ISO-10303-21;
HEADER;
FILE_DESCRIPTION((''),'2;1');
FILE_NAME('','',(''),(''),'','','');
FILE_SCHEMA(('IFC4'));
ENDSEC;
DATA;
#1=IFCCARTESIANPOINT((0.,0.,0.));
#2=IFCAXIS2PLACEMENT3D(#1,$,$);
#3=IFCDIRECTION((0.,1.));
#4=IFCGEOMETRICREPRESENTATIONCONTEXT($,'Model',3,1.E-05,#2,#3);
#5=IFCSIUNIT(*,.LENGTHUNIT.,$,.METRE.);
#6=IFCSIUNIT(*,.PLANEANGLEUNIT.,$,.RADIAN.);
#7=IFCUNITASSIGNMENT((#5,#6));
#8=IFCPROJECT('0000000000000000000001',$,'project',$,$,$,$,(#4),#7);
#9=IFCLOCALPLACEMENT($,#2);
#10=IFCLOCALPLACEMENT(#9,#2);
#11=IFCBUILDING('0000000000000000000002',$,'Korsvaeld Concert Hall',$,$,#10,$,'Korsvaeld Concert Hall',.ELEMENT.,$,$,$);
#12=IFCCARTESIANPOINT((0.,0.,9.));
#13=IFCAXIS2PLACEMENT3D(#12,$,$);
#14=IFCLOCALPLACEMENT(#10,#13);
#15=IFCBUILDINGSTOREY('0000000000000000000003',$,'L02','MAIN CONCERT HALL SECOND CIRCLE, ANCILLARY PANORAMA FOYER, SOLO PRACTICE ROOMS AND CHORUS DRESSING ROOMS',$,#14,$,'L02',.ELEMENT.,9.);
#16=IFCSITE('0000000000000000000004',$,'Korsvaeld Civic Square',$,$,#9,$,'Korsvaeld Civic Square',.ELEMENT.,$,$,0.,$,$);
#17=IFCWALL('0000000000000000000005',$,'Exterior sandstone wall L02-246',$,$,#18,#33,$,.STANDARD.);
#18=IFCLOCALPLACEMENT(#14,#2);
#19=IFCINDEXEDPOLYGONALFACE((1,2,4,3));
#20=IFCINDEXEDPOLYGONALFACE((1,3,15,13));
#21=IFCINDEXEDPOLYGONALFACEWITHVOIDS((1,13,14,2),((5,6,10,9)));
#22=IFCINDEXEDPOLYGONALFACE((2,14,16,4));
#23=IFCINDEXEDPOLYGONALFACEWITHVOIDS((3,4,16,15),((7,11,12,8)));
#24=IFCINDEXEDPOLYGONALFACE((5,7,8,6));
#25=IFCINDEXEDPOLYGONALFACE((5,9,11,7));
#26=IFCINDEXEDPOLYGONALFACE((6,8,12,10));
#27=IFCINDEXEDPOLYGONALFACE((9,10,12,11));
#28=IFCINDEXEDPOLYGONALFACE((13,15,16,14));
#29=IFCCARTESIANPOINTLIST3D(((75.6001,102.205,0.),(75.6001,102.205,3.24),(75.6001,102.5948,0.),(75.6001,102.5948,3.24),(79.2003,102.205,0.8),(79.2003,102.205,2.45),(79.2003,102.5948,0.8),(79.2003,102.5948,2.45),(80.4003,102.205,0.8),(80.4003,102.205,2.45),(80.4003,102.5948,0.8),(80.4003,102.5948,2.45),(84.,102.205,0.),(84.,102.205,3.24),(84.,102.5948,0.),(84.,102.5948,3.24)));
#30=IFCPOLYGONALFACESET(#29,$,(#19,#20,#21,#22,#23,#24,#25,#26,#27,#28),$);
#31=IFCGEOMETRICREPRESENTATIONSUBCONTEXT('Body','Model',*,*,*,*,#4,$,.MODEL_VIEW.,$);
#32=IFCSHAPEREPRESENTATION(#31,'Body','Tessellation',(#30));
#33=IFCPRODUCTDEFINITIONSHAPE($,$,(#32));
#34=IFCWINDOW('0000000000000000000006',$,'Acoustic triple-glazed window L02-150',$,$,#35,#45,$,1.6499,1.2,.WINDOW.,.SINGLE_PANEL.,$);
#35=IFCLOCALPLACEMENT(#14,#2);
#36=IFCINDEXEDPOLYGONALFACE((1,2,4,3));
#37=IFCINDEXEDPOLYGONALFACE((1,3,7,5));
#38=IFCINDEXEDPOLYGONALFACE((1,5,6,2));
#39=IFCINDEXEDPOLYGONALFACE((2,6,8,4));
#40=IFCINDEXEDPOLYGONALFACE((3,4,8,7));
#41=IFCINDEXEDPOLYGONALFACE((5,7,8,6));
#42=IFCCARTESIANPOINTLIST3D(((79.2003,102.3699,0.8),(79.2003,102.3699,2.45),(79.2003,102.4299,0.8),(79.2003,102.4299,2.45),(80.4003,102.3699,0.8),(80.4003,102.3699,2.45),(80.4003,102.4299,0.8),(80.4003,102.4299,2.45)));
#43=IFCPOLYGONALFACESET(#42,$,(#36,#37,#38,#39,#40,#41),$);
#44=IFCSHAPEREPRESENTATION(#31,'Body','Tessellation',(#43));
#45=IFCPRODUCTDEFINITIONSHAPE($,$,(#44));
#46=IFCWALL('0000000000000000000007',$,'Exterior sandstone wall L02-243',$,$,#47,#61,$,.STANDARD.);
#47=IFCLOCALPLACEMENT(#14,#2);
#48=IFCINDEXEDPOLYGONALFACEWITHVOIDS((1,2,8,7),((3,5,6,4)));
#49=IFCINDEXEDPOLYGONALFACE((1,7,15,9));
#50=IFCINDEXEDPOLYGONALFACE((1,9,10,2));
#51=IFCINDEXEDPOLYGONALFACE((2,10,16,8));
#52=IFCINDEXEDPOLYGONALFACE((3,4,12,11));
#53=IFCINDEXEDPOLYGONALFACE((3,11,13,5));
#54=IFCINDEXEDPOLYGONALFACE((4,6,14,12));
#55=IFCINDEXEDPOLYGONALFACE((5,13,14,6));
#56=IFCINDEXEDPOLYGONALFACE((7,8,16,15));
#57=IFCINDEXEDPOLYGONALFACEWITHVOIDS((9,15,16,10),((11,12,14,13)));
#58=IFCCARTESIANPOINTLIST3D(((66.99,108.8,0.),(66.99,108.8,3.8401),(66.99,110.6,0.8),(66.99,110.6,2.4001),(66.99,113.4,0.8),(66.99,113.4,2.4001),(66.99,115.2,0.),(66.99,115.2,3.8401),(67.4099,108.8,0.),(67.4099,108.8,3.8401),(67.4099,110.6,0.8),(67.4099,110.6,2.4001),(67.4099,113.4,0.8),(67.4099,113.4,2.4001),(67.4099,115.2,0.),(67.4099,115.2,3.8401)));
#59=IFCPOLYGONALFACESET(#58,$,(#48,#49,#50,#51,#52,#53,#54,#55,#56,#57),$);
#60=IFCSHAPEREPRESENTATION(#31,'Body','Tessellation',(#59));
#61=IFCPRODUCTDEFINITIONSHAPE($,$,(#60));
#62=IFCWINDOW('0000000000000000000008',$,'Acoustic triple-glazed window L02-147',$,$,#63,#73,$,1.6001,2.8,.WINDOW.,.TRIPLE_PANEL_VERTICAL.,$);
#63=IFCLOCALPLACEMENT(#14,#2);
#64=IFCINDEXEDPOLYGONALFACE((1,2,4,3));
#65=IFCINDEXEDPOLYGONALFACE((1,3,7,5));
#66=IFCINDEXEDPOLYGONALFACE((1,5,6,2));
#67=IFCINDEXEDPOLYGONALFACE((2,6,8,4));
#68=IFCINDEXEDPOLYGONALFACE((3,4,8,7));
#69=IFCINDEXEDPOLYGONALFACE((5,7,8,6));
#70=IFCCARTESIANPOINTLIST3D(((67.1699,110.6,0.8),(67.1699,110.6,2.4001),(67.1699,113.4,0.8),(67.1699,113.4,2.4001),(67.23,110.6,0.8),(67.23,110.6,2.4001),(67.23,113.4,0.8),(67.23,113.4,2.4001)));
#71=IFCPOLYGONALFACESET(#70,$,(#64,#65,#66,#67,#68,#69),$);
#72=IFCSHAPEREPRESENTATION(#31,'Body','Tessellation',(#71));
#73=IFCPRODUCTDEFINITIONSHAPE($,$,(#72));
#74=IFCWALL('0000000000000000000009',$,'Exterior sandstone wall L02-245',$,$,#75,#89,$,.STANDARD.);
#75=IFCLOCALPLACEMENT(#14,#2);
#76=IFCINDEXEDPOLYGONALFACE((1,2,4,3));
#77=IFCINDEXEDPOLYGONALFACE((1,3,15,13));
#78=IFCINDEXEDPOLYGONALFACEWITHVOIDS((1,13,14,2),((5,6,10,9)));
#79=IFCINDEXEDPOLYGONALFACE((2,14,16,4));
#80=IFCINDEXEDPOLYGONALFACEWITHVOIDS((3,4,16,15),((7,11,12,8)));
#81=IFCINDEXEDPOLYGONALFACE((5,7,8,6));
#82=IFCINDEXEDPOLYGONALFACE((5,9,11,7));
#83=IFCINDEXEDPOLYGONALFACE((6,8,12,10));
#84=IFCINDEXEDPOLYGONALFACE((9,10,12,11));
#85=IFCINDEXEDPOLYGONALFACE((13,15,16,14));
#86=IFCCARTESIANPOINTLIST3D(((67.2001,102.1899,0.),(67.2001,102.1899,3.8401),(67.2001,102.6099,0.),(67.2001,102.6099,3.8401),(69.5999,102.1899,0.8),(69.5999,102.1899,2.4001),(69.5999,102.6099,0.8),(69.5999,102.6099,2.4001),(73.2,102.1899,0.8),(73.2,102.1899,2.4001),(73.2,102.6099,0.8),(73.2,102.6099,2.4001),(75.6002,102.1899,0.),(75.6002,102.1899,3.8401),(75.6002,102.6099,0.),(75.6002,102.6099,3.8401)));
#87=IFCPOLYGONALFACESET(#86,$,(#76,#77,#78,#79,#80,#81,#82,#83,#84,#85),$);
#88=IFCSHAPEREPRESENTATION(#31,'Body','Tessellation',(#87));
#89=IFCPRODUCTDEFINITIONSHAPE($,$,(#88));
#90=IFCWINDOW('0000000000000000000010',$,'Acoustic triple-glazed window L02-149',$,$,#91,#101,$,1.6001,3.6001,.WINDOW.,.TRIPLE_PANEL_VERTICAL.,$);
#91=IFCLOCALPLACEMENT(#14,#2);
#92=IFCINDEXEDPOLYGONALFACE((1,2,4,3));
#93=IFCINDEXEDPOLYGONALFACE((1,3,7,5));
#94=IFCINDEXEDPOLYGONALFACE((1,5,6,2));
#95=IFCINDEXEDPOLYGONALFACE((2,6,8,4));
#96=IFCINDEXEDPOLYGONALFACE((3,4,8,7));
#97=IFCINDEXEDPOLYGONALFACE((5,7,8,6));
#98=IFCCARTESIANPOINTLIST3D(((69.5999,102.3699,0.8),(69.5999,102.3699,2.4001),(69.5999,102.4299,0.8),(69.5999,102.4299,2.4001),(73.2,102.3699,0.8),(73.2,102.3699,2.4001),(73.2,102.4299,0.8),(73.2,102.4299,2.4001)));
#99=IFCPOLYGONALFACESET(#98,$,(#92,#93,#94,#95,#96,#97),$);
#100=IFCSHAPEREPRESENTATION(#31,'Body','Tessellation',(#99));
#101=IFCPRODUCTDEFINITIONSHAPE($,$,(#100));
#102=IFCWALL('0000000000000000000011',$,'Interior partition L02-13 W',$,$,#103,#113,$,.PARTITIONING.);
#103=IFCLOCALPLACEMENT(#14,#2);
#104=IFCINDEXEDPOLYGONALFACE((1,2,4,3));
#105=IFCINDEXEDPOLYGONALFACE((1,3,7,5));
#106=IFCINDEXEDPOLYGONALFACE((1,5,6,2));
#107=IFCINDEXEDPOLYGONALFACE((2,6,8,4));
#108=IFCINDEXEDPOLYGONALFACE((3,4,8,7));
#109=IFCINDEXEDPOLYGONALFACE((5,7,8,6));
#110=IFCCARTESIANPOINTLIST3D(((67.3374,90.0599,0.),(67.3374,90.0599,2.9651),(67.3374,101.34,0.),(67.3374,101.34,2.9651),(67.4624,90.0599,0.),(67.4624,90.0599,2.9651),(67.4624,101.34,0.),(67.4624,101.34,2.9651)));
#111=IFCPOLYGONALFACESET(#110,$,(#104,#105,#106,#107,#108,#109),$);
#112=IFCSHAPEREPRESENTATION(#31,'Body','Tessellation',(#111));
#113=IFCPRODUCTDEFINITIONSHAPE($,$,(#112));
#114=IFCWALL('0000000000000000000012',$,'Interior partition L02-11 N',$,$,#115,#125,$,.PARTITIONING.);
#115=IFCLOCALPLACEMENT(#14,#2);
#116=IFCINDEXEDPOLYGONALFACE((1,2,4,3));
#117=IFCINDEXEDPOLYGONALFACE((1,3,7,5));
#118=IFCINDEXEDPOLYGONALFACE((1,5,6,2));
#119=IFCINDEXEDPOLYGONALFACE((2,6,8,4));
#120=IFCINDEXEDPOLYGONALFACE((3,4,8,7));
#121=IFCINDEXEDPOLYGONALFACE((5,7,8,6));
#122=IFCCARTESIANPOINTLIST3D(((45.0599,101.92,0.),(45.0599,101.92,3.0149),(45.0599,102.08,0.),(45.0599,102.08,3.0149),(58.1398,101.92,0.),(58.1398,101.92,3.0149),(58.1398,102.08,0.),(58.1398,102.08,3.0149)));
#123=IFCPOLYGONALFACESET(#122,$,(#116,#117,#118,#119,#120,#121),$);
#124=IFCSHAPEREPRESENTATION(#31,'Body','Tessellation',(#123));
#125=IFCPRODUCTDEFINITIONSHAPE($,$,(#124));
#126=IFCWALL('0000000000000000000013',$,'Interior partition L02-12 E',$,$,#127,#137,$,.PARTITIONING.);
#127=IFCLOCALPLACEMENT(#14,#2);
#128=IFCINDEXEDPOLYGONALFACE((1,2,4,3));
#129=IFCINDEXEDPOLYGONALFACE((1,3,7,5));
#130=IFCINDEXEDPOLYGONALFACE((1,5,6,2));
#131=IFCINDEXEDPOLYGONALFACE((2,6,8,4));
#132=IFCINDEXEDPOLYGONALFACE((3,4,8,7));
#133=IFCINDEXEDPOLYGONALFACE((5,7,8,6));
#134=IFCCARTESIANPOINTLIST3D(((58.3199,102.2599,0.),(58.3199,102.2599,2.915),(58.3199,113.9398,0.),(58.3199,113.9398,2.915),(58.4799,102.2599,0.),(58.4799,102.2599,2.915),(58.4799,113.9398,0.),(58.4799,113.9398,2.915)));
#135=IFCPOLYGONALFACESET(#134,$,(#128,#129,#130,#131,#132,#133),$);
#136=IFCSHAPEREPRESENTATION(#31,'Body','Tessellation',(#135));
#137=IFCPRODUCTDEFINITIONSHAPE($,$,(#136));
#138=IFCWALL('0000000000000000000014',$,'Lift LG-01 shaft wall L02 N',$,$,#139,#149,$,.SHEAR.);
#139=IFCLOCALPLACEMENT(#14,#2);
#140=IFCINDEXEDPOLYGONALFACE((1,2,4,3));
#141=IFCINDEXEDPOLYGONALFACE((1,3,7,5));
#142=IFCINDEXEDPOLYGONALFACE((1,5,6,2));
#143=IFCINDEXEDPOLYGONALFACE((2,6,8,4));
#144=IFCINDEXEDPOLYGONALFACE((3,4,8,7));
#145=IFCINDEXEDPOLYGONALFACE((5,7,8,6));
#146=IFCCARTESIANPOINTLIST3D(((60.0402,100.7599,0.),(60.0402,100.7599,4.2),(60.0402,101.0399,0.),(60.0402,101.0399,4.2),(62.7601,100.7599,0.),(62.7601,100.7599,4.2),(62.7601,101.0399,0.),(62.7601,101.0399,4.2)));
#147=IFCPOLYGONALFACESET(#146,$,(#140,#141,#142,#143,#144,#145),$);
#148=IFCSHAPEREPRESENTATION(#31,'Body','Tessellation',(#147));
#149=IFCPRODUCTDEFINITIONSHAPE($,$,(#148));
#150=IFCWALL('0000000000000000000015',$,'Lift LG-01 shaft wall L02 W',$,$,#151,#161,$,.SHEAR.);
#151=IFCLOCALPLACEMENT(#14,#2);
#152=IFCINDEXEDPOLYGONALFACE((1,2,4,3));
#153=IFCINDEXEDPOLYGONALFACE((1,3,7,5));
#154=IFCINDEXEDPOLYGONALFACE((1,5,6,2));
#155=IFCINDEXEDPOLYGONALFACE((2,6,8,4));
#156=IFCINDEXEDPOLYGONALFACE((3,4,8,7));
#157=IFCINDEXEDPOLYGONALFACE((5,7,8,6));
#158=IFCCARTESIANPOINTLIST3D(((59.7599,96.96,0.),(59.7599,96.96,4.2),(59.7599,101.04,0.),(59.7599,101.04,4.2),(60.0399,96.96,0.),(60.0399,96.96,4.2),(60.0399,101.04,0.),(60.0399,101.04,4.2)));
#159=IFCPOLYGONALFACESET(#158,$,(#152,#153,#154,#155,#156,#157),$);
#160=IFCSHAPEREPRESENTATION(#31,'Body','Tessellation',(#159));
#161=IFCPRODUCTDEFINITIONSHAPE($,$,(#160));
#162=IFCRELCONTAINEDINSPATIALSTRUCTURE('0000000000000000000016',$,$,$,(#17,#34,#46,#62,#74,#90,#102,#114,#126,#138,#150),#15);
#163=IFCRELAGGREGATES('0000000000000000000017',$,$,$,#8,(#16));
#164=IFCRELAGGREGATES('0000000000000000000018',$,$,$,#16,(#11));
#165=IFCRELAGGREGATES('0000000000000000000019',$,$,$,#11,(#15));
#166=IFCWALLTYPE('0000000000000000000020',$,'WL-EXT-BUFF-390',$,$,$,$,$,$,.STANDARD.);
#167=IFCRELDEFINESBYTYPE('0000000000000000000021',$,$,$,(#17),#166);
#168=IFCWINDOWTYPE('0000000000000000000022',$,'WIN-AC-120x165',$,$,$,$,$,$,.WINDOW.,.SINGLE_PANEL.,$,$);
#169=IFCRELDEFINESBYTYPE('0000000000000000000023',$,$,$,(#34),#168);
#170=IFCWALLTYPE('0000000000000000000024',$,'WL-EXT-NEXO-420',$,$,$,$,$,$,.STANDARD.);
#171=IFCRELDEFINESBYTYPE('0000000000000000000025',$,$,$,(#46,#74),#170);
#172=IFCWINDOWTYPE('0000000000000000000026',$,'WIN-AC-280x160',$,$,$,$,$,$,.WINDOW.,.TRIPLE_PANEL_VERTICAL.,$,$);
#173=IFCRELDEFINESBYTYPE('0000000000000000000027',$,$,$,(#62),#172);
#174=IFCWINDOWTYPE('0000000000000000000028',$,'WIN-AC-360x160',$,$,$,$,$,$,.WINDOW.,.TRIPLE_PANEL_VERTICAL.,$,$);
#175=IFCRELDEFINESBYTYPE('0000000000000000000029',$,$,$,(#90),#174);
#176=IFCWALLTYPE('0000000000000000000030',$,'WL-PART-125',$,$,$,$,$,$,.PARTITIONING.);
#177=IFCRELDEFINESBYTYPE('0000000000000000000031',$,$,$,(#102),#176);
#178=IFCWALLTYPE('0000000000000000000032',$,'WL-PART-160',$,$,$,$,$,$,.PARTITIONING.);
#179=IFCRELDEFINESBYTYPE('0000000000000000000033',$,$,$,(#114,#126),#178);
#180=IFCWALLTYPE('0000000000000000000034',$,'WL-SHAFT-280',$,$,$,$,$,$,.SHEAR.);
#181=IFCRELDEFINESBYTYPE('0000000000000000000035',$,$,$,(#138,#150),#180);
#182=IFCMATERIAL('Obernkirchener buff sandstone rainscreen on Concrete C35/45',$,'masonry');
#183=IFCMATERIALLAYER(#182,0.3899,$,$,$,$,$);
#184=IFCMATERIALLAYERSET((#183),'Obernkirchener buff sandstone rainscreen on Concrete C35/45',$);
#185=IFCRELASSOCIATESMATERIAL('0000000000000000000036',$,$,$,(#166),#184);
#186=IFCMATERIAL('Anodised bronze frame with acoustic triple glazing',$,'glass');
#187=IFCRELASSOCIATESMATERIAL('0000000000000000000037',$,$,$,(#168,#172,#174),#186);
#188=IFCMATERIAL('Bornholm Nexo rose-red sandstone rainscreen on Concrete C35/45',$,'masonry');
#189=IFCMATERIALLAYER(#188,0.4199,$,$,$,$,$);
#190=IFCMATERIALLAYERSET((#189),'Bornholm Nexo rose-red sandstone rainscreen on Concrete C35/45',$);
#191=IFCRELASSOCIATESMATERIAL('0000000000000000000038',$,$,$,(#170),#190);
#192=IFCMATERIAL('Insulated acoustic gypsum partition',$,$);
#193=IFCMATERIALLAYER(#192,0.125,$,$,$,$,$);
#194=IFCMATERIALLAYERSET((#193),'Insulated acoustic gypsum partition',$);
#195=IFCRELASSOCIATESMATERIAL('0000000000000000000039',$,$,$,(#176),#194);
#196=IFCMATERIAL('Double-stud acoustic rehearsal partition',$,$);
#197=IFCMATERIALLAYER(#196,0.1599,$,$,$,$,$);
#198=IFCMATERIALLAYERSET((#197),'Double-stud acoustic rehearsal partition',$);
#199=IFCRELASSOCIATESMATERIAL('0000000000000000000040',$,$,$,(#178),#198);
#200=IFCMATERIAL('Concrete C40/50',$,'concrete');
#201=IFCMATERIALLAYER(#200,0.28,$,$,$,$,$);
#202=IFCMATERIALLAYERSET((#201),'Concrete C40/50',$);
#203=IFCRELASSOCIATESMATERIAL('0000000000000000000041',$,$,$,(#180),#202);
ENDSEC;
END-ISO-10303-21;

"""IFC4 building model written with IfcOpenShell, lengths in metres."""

from ifc_helpers import new_model, si_unit, direction, frame, frame_2d, origin, place, context, subcontext, project, spatial, rectangle, extrude, material, layer, layer_set, type_object, element, fill, save


model = new_model("IFC4")

# Units and contexts
model_context = context("Model", 3, precision=1e-05, world=origin(), true_north=direction((0.0, 1.0)))
body_context = subcontext(model_context, "Body", "Model", "MODEL_VIEW")
ifc_project = project(units=[si_unit("LENGTHUNIT", "METRE"), si_unit("PLANEANGLEUNIT", "RADIAN")], contexts=[model_context])

# Site, building, storey
site_placement = place(None, origin())
site = spatial("IfcSite", under=ifc_project, at=site_placement, Name="Korsvaeld Civic Square", LongName="Korsvaeld Civic Square", CompositionType="ELEMENT", RefElevation=0.0)
building_placement = place(site_placement, origin())
building = spatial("IfcBuilding", under=site, at=building_placement, Name="Korsvaeld Concert Hall", LongName="Korsvaeld Concert Hall", CompositionType="ELEMENT")
storey_placement = place(building_placement, frame((0.0, 0.0, 9.0)))
storey = spatial("IfcBuildingStorey", under=building, at=storey_placement, Name="L02", Description="MAIN CONCERT HALL SECOND CIRCLE, ANCILLARY PANORAMA FOYER, SOLO PRACTICE ROOMS AND CHORUS DRESSING ROOMS", LongName="L02", CompositionType="ELEMENT", Elevation=9.0)

# Shared definitions
ifc_material_1 = material(Name="Concrete C40/50", Category="concrete")

# Walls, openings, windows
ifc_material_2 = material(Name="Obernkirchener buff sandstone rainscreen on Concrete C35/45", Category="masonry")
ifc_layer_1 = layer(ifc_material_2, 0.3899)
ifc_layer_set_1 = layer_set([ifc_layer_1], Name="Obernkirchener buff sandstone rainscreen on Concrete C35/45")
wall_type_1 = type_object("IfcWallType", Name="WL-EXT-BUFF-390", PredefinedType="STANDARD", material=ifc_layer_set_1)
ifc_material_3 = material(Name="Anodised bronze frame with acoustic triple glazing", Category="glass")
wall_1_placement = place(storey_placement, frame((75.6001, 102.3999, 0.0), z_axis=(0.0, 0.0, 1.0), x_axis=(1.0, 0.0, 0.0)))
wall_1 = element("IfcWall", 1, at=wall_1_placement, inside=storey, type_object=wall_type_1, Name="Exterior sandstone wall L02-246", PredefinedType="STANDARD", context=body_context, shape_type="SweptSolid", body=[
    extrude(rectangle(XDim=8.3999, YDim=0.3899, at=frame_2d((4.2, 0.0))), origin(), (0.0, 0.0, 1.0), 3.24),
])
opening_1_placement = place(wall_1_placement, frame((3.6001, 0.0, 0.8)))
opening_1 = element("IfcOpeningElement", 2, at=opening_1_placement, cuts=wall_1, PredefinedType="OPENING", context=body_context, shape_type="SweptSolid", body=[
    extrude(rectangle(XDim=1.2, YDim=1.6499, at=frame_2d((0.6001, 0.825))), frame((0.0, 0.2051, 0.0), z_axis=(0.0, -1.0, 0.0), x_axis=(1.0, 0.0, 0.0)), (0.0, 0.0, 1.0), 0.4099),
])
window_type_1 = type_object("IfcWindowType", Name="WIN-AC-120x165", PartitioningType="SINGLE_PANEL", PredefinedType="WINDOW", material=ifc_material_3)
window_1_placement = place(opening_1_placement, origin())
window_1 = element("IfcWindow", 3, at=window_1_placement, inside=storey, type_object=window_type_1, Name="Acoustic triple-glazed window L02-150", OverallHeight=1.6499, OverallWidth=1.2, PartitioningType="SINGLE_PANEL", PredefinedType="WINDOW", context=body_context, shape_type="SweptSolid", body=[
    extrude(rectangle(XDim=1.2, YDim=1.6499, at=frame_2d((0.6001, 0.825))), frame((0.0, 0.03, 0.0), z_axis=(0.0, -1.0, 0.0), x_axis=(1.0, 0.0, 0.0)), (0.0, 0.0, 1.0), 0.0601),
])
fill(opening_1, window_1)
ifc_material_4 = material(Name="Bornholm Nexo rose-red sandstone rainscreen on Concrete C35/45", Category="masonry")
ifc_layer_2 = layer(ifc_material_4, 0.4199)
ifc_layer_set_2 = layer_set([ifc_layer_2], Name="Bornholm Nexo rose-red sandstone rainscreen on Concrete C35/45")
wall_type_2 = type_object("IfcWallType", Name="WL-EXT-NEXO-420", PredefinedType="STANDARD", material=ifc_layer_set_2)
wall_2_placement = place(storey_placement, frame((67.2, 115.2, 0.0), z_axis=(0.0, 0.0, 1.0), x_axis=(0.0, -1.0, 0.0)))
wall_2 = element("IfcWall", 4, at=wall_2_placement, inside=storey, type_object=wall_type_2, Name="Exterior sandstone wall L02-243", PredefinedType="STANDARD", context=body_context, shape_type="SweptSolid", body=[
    extrude(rectangle(XDim=6.3999, YDim=0.4199, at=frame_2d((3.2, 0.0))), origin(), (0.0, 0.0, 1.0), 3.8401),
])
opening_2_placement = place(wall_2_placement, frame((1.8, 0.0, 0.8)))
opening_2 = element("IfcOpeningElement", 5, at=opening_2_placement, cuts=wall_2, PredefinedType="OPENING", context=body_context, shape_type="SweptSolid", body=[
    extrude(rectangle(XDim=2.8, YDim=1.6001, at=frame_2d((1.3999, 0.8))), frame((0.0, 0.22, 0.0), z_axis=(0.0, -1.0, 0.0), x_axis=(1.0, 0.0, 0.0)), (0.0, 0.0, 1.0), 0.4399),
])
window_type_2 = type_object("IfcWindowType", Name="WIN-AC-280x160", PartitioningType="TRIPLE_PANEL_VERTICAL", PredefinedType="WINDOW", material=ifc_material_3)
window_2_placement = place(opening_2_placement, origin())
window_2 = element("IfcWindow", 6, at=window_2_placement, inside=storey, type_object=window_type_2, Name="Acoustic triple-glazed window L02-147", OverallHeight=1.6001, OverallWidth=2.8, PartitioningType="TRIPLE_PANEL_VERTICAL", PredefinedType="WINDOW", context=body_context, shape_type="SweptSolid", body=[
    extrude(rectangle(XDim=2.8, YDim=1.6001, at=frame_2d((1.3999, 0.8))), frame((0.0, 0.03, 0.0), z_axis=(0.0, -1.0, 0.0), x_axis=(1.0, 0.0, 0.0)), (0.0, 0.0, 1.0), 0.0601),
])
fill(opening_2, window_2)
wall_3_placement = place(storey_placement, frame((67.2, 102.3999, 0.0), z_axis=(0.0, 0.0, 1.0), x_axis=(1.0, 0.0, 0.0)))
wall_3 = element("IfcWall", 7, at=wall_3_placement, inside=storey, type_object=wall_type_2, Name="Exterior sandstone wall L02-245", PredefinedType="STANDARD", context=body_context, shape_type="SweptSolid", body=[
    extrude(rectangle(XDim=8.4001, YDim=0.4199, at=frame_2d((4.2002, 0.0))), origin(), (0.0, 0.0, 1.0), 3.8401),
])
opening_3_placement = place(wall_3_placement, frame((2.3999, 0.0, 0.8)))
opening_3 = element("IfcOpeningElement", 8, at=opening_3_placement, cuts=wall_3, PredefinedType="OPENING", context=body_context, shape_type="SweptSolid", body=[
    extrude(rectangle(XDim=3.6001, YDim=1.6001, at=frame_2d((1.8, 0.8))), frame((0.0, 0.22, 0.0), z_axis=(0.0, -1.0, 0.0), x_axis=(1.0, 0.0, 0.0)), (0.0, 0.0, 1.0), 0.4399),
])
window_type_3 = type_object("IfcWindowType", Name="WIN-AC-360x160", PartitioningType="TRIPLE_PANEL_VERTICAL", PredefinedType="WINDOW", material=ifc_material_3)
window_3_placement = place(opening_3_placement, origin())
window_3 = element("IfcWindow", 9, at=window_3_placement, inside=storey, type_object=window_type_3, Name="Acoustic triple-glazed window L02-149", OverallHeight=1.6001, OverallWidth=3.6001, PartitioningType="TRIPLE_PANEL_VERTICAL", PredefinedType="WINDOW", context=body_context, shape_type="SweptSolid", body=[
    extrude(rectangle(XDim=3.6001, YDim=1.6001, at=frame_2d((1.8, 0.8))), frame((0.0, 0.03, 0.0), z_axis=(0.0, -1.0, 0.0), x_axis=(1.0, 0.0, 0.0)), (0.0, 0.0, 1.0), 0.0601),
])
fill(opening_3, window_3)

# Walls
ifc_material_5 = material(Name="Insulated acoustic gypsum partition")
ifc_layer_3 = layer(ifc_material_5, 0.125)
ifc_layer_set_3 = layer_set([ifc_layer_3], Name="Insulated acoustic gypsum partition")
wall_type_3 = type_object("IfcWallType", Name="WL-PART-125", PredefinedType="PARTITIONING", material=ifc_layer_set_3)
wall_4_placement = place(storey_placement, frame((67.3999, 101.3401, 0.0), z_axis=(0.0, 0.0, 1.0), x_axis=(0.0, -1.0, 0.0)))
element("IfcWall", 10, at=wall_4_placement, inside=storey, type_object=wall_type_3, Name="Interior partition L02-13 W", PredefinedType="PARTITIONING", context=body_context, shape_type="SweptSolid", body=[
    extrude(rectangle(XDim=11.28, YDim=0.125, at=frame_2d((5.6401, 0.0))), origin(), (0.0, 0.0, 1.0), 2.9651),
])
ifc_material_6 = material(Name="Double-stud acoustic rehearsal partition")
ifc_layer_4 = layer(ifc_material_6, 0.1599)
ifc_layer_set_4 = layer_set([ifc_layer_4], Name="Double-stud acoustic rehearsal partition")
wall_type_4 = type_object("IfcWallType", Name="WL-PART-160", PredefinedType="PARTITIONING", material=ifc_layer_set_4)
wall_5_placement = place(storey_placement, frame((58.1399, 102.0, 0.0), z_axis=(0.0, 0.0, 1.0), x_axis=(-1.0, 0.0, 0.0)))
element("IfcWall", 11, at=wall_5_placement, inside=storey, type_object=wall_type_4, Name="Interior partition L02-11 N", PredefinedType="PARTITIONING", context=body_context, shape_type="SweptSolid", body=[
    extrude(rectangle(XDim=13.0798, YDim=0.1599, at=frame_2d((6.54, 0.0))), origin(), (0.0, 0.0, 1.0), 3.0149),
])
wall_6_placement = place(storey_placement, frame((58.3999, 102.26, 0.0), z_axis=(0.0, 0.0, 1.0), x_axis=(0.0, 1.0, 0.0)))
element("IfcWall", 12, at=wall_6_placement, inside=storey, type_object=wall_type_4, Name="Interior partition L02-12 E", PredefinedType="PARTITIONING", context=body_context, shape_type="SweptSolid", body=[
    extrude(rectangle(XDim=11.6799, YDim=0.1599, at=frame_2d((5.8398, 0.0))), origin(), (0.0, 0.0, 1.0), 2.915),
])
ifc_layer_5 = layer(ifc_material_1, 0.28)
ifc_layer_set_5 = layer_set([ifc_layer_5], Name="Concrete C40/50")
wall_type_5 = type_object("IfcWallType", Name="WL-SHAFT-280", PredefinedType="SHEAR", material=ifc_layer_set_5)
wall_7_placement = place(storey_placement, frame((62.76, 100.8999, 0.0), z_axis=(0.0, 0.0, 1.0), x_axis=(-1.0, 0.0, 0.0)))
element("IfcWall", 13, at=wall_7_placement, inside=storey, type_object=wall_type_5, Name="Lift LG-01 shaft wall L02 N", PredefinedType="SHEAR", context=body_context, shape_type="SweptSolid", body=[
    extrude(rectangle(XDim=2.72, YDim=0.28, at=frame_2d((1.3599, 0.0))), origin(), (0.0, 0.0, 1.0), 4.2),
])
wall_8_placement = place(storey_placement, frame((59.8999, 101.04, 0.0), z_axis=(0.0, 0.0, 1.0), x_axis=(0.0, -1.0, 0.0)))
element("IfcWall", 14, at=wall_8_placement, inside=storey, type_object=wall_type_5, Name="Lift LG-01 shaft wall L02 W", PredefinedType="SHEAR", context=body_context, shape_type="SweptSolid", body=[
    extrude(rectangle(XDim=4.0801, YDim=0.28, at=frame_2d((2.04, 0.0))), origin(), (0.0, 0.0, 1.0), 4.2),
])

save(model, "model.ifc")
